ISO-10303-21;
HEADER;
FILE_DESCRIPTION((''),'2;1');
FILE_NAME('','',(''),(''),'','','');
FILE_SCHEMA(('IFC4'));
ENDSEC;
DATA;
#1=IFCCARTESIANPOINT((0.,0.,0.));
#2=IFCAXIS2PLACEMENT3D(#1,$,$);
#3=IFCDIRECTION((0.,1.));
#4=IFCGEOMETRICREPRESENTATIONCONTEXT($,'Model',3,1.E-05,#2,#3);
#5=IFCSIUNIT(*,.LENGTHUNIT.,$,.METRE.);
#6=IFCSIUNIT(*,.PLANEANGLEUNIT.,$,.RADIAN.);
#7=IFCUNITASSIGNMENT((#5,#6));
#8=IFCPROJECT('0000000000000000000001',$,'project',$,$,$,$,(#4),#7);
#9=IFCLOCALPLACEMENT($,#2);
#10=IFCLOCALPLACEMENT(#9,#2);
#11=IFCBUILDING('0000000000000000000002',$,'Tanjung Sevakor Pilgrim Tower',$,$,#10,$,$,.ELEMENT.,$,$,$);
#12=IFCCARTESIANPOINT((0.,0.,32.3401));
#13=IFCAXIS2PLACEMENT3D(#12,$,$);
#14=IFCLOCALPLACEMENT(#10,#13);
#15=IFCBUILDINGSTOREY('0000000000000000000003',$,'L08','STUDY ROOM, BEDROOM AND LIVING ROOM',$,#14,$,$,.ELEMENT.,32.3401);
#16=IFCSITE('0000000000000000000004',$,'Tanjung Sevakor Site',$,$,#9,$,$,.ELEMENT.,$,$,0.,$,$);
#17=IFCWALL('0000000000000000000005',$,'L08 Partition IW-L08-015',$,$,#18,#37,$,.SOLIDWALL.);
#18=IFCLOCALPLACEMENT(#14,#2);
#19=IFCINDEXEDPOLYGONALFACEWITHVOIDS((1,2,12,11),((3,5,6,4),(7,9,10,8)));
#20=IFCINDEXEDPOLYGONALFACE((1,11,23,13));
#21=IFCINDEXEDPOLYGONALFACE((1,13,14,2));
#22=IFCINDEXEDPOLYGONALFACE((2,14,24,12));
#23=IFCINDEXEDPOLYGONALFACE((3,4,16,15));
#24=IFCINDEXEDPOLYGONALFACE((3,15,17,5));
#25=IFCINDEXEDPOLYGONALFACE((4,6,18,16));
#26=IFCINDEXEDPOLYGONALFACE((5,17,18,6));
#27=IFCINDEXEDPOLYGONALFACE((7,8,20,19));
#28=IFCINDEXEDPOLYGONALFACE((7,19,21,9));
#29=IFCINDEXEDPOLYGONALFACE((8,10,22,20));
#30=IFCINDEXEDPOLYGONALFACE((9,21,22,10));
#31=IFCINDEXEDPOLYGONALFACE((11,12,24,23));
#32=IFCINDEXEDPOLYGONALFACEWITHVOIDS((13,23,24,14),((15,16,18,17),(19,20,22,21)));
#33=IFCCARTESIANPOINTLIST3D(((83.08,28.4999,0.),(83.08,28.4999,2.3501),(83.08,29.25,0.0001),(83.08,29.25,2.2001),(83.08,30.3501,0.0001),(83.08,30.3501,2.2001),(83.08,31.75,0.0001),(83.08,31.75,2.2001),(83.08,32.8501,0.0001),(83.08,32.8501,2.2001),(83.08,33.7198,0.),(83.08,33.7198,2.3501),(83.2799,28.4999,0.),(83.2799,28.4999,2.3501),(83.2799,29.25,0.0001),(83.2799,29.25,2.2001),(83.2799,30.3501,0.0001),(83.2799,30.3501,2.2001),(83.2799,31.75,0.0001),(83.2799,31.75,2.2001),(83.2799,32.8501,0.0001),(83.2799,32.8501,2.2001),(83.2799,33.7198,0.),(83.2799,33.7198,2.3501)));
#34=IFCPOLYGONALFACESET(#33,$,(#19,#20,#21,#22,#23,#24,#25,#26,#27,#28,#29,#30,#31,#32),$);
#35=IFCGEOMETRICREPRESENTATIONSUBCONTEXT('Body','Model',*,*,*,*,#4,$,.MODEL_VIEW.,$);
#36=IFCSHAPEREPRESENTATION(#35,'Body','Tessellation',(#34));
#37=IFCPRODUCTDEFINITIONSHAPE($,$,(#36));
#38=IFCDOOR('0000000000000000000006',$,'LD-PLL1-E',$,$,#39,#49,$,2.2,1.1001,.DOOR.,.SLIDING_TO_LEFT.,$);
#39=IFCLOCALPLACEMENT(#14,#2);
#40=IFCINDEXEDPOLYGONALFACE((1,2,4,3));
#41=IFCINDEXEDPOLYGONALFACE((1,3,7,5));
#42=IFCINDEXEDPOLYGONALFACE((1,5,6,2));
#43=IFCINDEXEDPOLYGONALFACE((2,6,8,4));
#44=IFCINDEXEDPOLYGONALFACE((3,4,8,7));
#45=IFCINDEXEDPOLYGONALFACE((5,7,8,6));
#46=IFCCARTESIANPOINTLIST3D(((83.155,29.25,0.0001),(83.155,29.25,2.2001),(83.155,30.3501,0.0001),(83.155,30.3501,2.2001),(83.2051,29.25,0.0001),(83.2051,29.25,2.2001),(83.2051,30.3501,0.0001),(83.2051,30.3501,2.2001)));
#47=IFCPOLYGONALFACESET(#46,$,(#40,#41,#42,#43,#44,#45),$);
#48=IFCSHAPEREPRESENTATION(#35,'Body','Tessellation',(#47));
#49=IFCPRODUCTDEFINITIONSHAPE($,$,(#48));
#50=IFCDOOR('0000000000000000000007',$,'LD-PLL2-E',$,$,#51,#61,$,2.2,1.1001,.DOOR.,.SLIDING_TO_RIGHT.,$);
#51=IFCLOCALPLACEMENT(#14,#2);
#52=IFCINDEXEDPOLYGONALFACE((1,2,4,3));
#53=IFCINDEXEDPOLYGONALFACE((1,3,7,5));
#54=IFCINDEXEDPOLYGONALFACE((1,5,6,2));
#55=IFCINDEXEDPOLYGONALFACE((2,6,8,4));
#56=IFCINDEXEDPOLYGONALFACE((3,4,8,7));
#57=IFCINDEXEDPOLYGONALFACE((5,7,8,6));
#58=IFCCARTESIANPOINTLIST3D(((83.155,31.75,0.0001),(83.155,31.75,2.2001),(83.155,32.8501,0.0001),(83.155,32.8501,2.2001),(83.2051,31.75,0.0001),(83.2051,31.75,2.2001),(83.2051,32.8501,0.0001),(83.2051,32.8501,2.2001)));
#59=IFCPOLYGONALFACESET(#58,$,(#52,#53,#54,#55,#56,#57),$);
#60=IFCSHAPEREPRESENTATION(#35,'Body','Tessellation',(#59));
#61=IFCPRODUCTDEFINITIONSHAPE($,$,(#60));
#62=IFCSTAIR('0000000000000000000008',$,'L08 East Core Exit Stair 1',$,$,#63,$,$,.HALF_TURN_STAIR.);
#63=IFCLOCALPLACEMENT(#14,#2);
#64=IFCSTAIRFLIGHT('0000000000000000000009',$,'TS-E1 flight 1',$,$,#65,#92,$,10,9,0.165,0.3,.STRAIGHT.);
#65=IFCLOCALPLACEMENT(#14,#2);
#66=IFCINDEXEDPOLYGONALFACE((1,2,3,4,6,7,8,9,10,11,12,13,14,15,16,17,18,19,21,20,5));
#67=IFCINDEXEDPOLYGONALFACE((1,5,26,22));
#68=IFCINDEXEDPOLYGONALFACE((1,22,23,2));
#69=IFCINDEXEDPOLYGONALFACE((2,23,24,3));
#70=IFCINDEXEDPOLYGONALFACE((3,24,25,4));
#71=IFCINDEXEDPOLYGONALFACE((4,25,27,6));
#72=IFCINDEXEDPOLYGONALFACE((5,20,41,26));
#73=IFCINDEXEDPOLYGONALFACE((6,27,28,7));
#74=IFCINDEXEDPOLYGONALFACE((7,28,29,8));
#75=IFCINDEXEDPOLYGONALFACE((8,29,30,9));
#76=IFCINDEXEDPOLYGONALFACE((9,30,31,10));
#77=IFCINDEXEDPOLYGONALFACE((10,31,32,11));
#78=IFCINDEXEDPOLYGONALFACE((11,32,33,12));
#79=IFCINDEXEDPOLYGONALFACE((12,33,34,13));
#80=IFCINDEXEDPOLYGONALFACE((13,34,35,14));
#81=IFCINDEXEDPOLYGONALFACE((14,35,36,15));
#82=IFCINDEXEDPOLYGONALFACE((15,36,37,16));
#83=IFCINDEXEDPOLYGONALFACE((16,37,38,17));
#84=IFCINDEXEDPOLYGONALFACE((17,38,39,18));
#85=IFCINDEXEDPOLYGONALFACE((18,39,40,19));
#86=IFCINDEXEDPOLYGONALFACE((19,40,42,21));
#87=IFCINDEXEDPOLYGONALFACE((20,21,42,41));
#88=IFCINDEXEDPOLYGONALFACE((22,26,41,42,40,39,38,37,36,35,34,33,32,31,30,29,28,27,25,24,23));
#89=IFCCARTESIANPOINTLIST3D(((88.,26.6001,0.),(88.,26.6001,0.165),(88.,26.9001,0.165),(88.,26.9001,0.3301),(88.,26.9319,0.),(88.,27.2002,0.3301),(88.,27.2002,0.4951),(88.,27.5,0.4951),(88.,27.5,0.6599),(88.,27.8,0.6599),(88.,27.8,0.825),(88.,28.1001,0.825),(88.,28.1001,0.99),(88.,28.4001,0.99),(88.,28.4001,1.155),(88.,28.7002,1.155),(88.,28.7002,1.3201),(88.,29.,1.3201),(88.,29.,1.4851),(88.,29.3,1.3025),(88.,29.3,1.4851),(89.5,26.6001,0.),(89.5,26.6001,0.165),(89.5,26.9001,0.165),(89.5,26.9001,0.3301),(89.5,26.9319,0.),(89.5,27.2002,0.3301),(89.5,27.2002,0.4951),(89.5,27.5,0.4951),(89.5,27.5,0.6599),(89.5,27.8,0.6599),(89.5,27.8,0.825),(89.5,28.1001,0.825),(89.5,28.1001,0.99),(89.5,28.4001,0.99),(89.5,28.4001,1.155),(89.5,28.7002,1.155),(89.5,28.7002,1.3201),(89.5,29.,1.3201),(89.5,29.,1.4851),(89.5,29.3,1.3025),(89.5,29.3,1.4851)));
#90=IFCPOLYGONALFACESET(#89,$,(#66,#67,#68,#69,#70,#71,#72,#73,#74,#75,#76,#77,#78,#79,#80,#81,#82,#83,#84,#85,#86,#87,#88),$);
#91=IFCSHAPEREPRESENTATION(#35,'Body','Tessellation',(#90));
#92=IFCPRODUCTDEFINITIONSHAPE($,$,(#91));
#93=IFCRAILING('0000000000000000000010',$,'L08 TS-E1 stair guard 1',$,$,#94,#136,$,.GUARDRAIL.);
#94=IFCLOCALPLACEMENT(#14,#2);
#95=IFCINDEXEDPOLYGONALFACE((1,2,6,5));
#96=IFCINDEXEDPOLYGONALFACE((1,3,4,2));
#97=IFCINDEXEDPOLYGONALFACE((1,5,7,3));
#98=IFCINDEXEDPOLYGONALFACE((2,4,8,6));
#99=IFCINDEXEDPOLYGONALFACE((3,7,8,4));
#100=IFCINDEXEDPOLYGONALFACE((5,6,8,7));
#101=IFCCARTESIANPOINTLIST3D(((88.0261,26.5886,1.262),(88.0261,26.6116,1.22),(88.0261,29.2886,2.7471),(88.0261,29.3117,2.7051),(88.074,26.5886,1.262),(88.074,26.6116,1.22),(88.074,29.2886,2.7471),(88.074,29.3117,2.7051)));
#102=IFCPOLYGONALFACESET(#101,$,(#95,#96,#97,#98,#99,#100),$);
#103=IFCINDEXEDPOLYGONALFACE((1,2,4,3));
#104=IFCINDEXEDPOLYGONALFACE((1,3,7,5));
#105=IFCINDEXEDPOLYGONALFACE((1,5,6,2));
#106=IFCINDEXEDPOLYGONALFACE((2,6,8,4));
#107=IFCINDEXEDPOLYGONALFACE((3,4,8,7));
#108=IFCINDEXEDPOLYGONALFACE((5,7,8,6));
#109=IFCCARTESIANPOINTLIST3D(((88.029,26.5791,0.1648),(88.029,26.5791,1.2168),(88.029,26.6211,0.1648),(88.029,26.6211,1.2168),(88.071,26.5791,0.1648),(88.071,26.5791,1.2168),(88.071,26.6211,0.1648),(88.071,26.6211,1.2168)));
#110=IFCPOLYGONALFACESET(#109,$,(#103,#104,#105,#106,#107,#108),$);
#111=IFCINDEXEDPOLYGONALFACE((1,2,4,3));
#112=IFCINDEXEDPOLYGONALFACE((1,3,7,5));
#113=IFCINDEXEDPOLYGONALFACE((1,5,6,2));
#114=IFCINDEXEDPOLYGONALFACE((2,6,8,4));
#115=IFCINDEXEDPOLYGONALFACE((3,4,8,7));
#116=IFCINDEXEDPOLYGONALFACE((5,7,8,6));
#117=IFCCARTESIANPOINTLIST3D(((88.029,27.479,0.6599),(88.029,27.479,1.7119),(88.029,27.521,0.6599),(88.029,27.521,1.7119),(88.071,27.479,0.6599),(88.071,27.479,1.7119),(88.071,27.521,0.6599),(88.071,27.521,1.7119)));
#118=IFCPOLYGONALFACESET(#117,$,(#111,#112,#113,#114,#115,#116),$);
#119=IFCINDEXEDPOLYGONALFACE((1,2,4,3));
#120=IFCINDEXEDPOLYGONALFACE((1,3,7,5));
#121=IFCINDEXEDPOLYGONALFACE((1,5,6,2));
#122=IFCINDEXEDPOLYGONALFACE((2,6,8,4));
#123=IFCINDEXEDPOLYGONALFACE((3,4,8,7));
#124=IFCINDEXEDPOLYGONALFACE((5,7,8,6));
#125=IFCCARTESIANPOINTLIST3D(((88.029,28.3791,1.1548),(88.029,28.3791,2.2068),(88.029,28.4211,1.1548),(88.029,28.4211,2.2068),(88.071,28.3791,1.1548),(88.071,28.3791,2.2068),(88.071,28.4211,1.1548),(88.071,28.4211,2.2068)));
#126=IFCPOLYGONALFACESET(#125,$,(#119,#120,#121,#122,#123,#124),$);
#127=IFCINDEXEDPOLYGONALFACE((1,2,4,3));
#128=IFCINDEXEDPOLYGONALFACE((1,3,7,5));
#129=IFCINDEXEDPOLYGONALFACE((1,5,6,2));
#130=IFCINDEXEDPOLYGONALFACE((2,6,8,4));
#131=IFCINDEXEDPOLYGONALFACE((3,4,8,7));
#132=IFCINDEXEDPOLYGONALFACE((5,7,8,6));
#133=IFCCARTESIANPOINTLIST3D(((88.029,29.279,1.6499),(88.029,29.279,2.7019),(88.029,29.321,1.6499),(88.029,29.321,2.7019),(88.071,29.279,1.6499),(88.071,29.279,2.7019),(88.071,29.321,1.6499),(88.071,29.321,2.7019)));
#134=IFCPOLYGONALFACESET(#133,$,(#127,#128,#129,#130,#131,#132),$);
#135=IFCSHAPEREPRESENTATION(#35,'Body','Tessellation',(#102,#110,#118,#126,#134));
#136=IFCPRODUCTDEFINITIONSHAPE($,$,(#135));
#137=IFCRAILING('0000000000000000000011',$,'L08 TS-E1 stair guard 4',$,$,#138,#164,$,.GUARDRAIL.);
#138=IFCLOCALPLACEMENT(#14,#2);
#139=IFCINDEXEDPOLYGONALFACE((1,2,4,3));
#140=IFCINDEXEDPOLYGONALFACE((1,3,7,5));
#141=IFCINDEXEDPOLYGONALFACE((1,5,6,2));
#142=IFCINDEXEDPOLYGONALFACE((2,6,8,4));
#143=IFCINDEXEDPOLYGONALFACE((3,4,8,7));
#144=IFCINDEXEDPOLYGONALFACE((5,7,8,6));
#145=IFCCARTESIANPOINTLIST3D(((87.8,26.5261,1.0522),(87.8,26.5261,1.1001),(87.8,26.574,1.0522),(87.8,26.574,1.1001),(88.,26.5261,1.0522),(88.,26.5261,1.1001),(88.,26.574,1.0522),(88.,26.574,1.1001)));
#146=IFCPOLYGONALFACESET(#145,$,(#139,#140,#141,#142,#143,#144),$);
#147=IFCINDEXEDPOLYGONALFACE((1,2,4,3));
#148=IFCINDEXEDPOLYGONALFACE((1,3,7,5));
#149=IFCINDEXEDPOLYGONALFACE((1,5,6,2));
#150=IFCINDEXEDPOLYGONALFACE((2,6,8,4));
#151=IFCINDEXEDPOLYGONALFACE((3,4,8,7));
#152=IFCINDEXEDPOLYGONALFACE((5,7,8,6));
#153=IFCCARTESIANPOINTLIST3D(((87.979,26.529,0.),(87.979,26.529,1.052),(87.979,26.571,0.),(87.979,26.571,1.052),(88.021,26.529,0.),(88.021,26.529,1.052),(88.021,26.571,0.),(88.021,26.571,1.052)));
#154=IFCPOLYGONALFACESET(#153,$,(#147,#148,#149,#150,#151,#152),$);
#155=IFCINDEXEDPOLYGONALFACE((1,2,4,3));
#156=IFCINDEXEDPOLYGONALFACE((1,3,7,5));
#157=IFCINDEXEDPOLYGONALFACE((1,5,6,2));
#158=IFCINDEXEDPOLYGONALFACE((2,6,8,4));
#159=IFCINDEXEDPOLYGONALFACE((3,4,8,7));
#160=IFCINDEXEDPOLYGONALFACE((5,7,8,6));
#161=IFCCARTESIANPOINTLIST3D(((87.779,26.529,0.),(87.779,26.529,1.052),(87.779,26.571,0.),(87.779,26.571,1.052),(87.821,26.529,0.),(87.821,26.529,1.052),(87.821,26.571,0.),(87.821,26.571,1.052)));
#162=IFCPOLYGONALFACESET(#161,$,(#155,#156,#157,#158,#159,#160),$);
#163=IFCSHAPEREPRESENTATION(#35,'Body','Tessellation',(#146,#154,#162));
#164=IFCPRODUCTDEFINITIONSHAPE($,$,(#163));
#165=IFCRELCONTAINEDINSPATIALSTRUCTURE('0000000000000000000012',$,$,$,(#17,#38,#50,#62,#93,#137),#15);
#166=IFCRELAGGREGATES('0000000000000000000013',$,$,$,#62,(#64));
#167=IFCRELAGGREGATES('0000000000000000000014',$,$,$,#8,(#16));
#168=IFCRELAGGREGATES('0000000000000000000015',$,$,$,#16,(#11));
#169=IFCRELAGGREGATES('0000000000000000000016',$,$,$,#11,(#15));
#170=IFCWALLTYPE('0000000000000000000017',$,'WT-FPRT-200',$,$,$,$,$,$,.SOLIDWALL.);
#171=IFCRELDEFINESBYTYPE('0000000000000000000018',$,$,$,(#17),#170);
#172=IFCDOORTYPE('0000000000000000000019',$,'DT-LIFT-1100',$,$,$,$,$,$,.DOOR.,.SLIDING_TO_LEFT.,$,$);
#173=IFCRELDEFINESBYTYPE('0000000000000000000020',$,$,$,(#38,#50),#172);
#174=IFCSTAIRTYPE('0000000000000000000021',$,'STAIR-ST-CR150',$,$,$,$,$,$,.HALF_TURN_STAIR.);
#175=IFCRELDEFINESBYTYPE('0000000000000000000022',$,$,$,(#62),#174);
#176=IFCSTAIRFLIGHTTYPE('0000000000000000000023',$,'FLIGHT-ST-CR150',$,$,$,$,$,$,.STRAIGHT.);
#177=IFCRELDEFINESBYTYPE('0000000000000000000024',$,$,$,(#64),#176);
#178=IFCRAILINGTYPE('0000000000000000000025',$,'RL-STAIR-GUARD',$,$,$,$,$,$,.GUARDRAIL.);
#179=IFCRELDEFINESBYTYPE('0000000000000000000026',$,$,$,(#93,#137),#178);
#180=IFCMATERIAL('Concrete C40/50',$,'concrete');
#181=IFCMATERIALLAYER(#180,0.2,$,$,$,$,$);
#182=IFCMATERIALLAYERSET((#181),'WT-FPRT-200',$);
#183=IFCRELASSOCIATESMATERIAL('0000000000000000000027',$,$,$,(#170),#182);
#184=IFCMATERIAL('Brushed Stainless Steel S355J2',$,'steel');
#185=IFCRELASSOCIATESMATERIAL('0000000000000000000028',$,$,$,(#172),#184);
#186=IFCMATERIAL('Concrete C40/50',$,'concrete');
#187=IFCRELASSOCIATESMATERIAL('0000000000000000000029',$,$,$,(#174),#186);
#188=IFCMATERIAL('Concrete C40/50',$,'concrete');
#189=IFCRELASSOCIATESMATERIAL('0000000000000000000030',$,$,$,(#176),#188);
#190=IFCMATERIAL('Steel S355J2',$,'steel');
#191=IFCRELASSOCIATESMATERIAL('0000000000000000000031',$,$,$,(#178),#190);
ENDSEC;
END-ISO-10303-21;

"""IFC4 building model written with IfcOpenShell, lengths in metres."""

from ifc_helpers import new_model, si_unit, direction, frame, frame_2d, origin, place, context, subcontext, project, spatial, polyline, rectangle, outline, extrude, material, layer, layer_set, type_object, element, fill, aggregate, save


model = new_model("IFC4")

# Units and contexts
model_context = context("Model", 3, precision=1e-05, world=origin(), true_north=direction((0.0, 1.0)))
body_context = subcontext(model_context, "Body", "Model", "MODEL_VIEW")
ifc_project = project(units=[si_unit("LENGTHUNIT", "METRE"), si_unit("PLANEANGLEUNIT", "RADIAN")], contexts=[model_context])

# Site, building, storey
site_placement = place(None, origin())
site = spatial("IfcSite", under=ifc_project, at=site_placement, Name="Tanjung Sevakor Site", CompositionType="ELEMENT", RefElevation=0.0)
building_placement = place(site_placement, origin())
building = spatial("IfcBuilding", under=site, at=building_placement, Name="Tanjung Sevakor Pilgrim Tower", CompositionType="ELEMENT")
storey_placement = place(building_placement, frame((0.0, 0.0, 32.3401)))
storey = spatial("IfcBuildingStorey", under=building, at=storey_placement, Name="L08", Description="STUDY ROOM, BEDROOM AND LIVING ROOM", CompositionType="ELEMENT", Elevation=32.3401)

# Shared definitions
ifc_material_1 = material(Name="Concrete C40/50", Category="concrete")
ifc_layer_1 = layer(ifc_material_1, 0.2)
ifc_layer_set_1 = layer_set([ifc_layer_1], Name="WT-FPRT-200")
wall_type_1 = type_object("IfcWallType", Name="WT-FPRT-200", PredefinedType="SOLIDWALL", material=ifc_layer_set_1)
ifc_material_2 = material(Name="Brushed Stainless Steel S355J2", Category="steel")
door_type_1 = type_object("IfcDoorType", Name="DT-LIFT-1100", OperationType="SLIDING_TO_LEFT", PredefinedType="DOOR", material=ifc_material_2)

# Wall, openings, doors
wall_1_placement = place(storey_placement, frame((83.1799, 28.5, 0.0), z_axis=(0.0, 0.0, 1.0), x_axis=(0.0, 1.0, 0.0)))
wall_1 = element("IfcWall", 1, at=wall_1_placement, inside=storey, type_object=wall_type_1, Name="L08 Partition IW-L08-015", PredefinedType="SOLIDWALL", context=body_context, shape_type="SweptSolid", body=[
    extrude(rectangle(XDim=5.22, YDim=0.2, at=frame_2d((2.6099, 0.0))), origin(), (0.0, 0.0, 1.0), 2.3501),
])
opening_1_placement = place(wall_1_placement, frame((0.75, 0.0, 0.0)))
opening_1 = element("IfcOpeningElement", 2, at=opening_1_placement, cuts=wall_1, PredefinedType="OPENING", context=body_context, shape_type="SweptSolid", body=[
    extrude(rectangle(XDim=1.1001, YDim=2.2, at=frame_2d((0.55, 1.1001))), frame((0.0, 0.1099, 0.0), z_axis=(0.0, -1.0, 0.0), x_axis=(1.0, 0.0, 0.0)), (0.0, 0.0, 1.0), 0.22),
])
opening_2_placement = place(wall_1_placement, frame((3.25, 0.0, 0.0)))
opening_2 = element("IfcOpeningElement", 3, at=opening_2_placement, cuts=wall_1, PredefinedType="OPENING", context=body_context, shape_type="SweptSolid", body=[
    extrude(rectangle(XDim=1.1001, YDim=2.2, at=frame_2d((0.55, 1.1001))), frame((0.0, 0.1099, 0.0), z_axis=(0.0, -1.0, 0.0), x_axis=(1.0, 0.0, 0.0)), (0.0, 0.0, 1.0), 0.22),
])
door_1_placement = place(opening_1_placement, origin())
door_1 = element("IfcDoor", 4, at=door_1_placement, inside=storey, type_object=door_type_1, Name="LD-PLL1-E", OperationType="SLIDING_TO_LEFT", OverallHeight=2.2, OverallWidth=1.1001, PredefinedType="DOOR", context=body_context, shape_type="SweptSolid", body=[
    extrude(rectangle(XDim=1.1001, YDim=2.2, at=frame_2d((0.55, 1.1001))), frame((0.0, 0.0249, 0.0), z_axis=(0.0, -1.0, 0.0), x_axis=(1.0, 0.0, 0.0)), (0.0, 0.0, 1.0), 0.05),
])
fill(opening_1, door_1)
door_2_placement = place(opening_2_placement, origin())
door_2 = element("IfcDoor", 5, at=door_2_placement, inside=storey, type_object=door_type_1, Name="LD-PLL2-E", OperationType="SLIDING_TO_RIGHT", OverallHeight=2.2, OverallWidth=1.1001, PredefinedType="DOOR", context=body_context, shape_type="SweptSolid", body=[
    extrude(rectangle(XDim=1.1001, YDim=2.2, at=frame_2d((0.55, 1.1001))), frame((0.0, 0.0249, 0.0), z_axis=(0.0, -1.0, 0.0), x_axis=(1.0, 0.0, 0.0)), (0.0, 0.0, 1.0), 0.05),
])
fill(opening_2, door_2)

# Stair, stair flight
ifc_material_3 = material(Name="Concrete C40/50", Category="concrete")
stair_type = type_object("IfcStairType", Name="STAIR-ST-CR150", PredefinedType="HALF_TURN_STAIR", material=ifc_material_3)
stair_placement = place(storey_placement, origin())
stair = element("IfcStair", 6, at=stair_placement, inside=storey, type_object=stair_type, Name="L08 East Core Exit Stair 1", PredefinedType="HALF_TURN_STAIR")
ifc_material_4 = material(Name="Concrete C40/50", Category="concrete")
stair_flight_type = type_object("IfcStairFlightType", Name="FLIGHT-ST-CR150", PredefinedType="STRAIGHT", material=ifc_material_4)
stair_flight_placement = place(storey_placement, frame((88.75, 26.6001, 0.0), z_axis=(0.0, 0.0, 1.0), x_axis=(0.0, 1.0, 0.0)))
stair_flight = element("IfcStairFlight", 7, at=stair_flight_placement, type_object=stair_flight_type, Name="TS-E1 flight 1", NumberOfRisers=10, NumberOfTreads=9, PredefinedType="STRAIGHT", RiserHeight=0.165, TreadLength=0.3, context=body_context, shape_type="SweptSolid", body=[
    extrude(outline(polyline([(0.0, 0.0), (0.0, 0.165), (0.3, 0.165), (0.3, 0.3301), (0.6001, 0.3301), (0.6001, 0.4951), (0.8999, 0.4951), (0.8999, 0.6599), (1.2, 0.6599), (1.2, 0.825), (1.5, 0.825), (1.5, 0.99), (1.8, 0.99), (1.8, 1.155), (2.1001, 1.155), (2.1001, 1.3201), (2.3999, 1.3201), (2.3999, 1.4851), (2.7, 1.4851), (2.7, 1.6499), (2.7, 1.3025), (0.3318, 0.0), (0.0, 0.0)])), frame((0.0, 0.75, 0.0), z_axis=(0.0, -1.0, 0.0), x_axis=(1.0, 0.0, 0.0)), (0.0, 0.0, 1.0), 1.5),
])
aggregate(stair, [stair_flight])

# Railings
ifc_material_5 = material(Name="Steel S355J2", Category="steel")
railing_type_1 = type_object("IfcRailingType", Name="RL-STAIR-GUARD", PredefinedType="GUARDRAIL", material=ifc_material_5)
railing_1_placement = place(storey_placement, frame((88.05, 26.6001, 0.1648)))
element("IfcRailing", 8, at=railing_1_placement, inside=storey, type_object=railing_type_1, Name="L08 TS-E1 stair guard 1", PredefinedType="GUARDRAIL", context=body_context, shape_type="SweptSolid", body=[
    extrude(rectangle(XDim=0.0479, YDim=0.0479), frame((0.0, 0.0, 1.0762), z_axis=(0.0, 0.876198, 0.481952), x_axis=(-1.0, 0.0, 0.0)), (0.0, 0.0, 1.0), 3.0815),
    extrude(rectangle(XDim=0.042, YDim=0.042), origin(), (0.0, 0.0, 1.0), 1.052),
    extrude(rectangle(XDim=0.042, YDim=0.042), frame((0.0, 0.8999, 0.4951)), (0.0, 0.0, 1.0), 1.052),
    extrude(rectangle(XDim=0.042, YDim=0.042), frame((0.0, 1.8, 0.99)), (0.0, 0.0, 1.0), 1.052),
    extrude(rectangle(XDim=0.042, YDim=0.042), frame((0.0, 2.7, 1.4851)), (0.0, 0.0, 1.0), 1.052),
])
railing_2_placement = place(storey_placement, frame((88.0, 26.55, 0.0)))
element("IfcRailing", 9, at=railing_2_placement, inside=storey, type_object=railing_type_1, Name="L08 TS-E1 stair guard 4", PredefinedType="GUARDRAIL", context=body_context, shape_type="SweptSolid", body=[
    extrude(rectangle(XDim=0.0479, YDim=0.0479), frame((0.0, 0.0, 1.0762), z_axis=(-1.0, 0.0, 0.0), x_axis=(0.0, -1.0, 0.0)), (0.0, 0.0, 1.0), 0.2),
    extrude(rectangle(XDim=0.042, YDim=0.042), origin(), (0.0, 0.0, 1.0), 1.052),
    extrude(rectangle(XDim=0.042, YDim=0.042), frame((-0.2, 0.0, 0.0)), (0.0, 0.0, 1.0), 1.052),
])

save(model, "model.ifc")
